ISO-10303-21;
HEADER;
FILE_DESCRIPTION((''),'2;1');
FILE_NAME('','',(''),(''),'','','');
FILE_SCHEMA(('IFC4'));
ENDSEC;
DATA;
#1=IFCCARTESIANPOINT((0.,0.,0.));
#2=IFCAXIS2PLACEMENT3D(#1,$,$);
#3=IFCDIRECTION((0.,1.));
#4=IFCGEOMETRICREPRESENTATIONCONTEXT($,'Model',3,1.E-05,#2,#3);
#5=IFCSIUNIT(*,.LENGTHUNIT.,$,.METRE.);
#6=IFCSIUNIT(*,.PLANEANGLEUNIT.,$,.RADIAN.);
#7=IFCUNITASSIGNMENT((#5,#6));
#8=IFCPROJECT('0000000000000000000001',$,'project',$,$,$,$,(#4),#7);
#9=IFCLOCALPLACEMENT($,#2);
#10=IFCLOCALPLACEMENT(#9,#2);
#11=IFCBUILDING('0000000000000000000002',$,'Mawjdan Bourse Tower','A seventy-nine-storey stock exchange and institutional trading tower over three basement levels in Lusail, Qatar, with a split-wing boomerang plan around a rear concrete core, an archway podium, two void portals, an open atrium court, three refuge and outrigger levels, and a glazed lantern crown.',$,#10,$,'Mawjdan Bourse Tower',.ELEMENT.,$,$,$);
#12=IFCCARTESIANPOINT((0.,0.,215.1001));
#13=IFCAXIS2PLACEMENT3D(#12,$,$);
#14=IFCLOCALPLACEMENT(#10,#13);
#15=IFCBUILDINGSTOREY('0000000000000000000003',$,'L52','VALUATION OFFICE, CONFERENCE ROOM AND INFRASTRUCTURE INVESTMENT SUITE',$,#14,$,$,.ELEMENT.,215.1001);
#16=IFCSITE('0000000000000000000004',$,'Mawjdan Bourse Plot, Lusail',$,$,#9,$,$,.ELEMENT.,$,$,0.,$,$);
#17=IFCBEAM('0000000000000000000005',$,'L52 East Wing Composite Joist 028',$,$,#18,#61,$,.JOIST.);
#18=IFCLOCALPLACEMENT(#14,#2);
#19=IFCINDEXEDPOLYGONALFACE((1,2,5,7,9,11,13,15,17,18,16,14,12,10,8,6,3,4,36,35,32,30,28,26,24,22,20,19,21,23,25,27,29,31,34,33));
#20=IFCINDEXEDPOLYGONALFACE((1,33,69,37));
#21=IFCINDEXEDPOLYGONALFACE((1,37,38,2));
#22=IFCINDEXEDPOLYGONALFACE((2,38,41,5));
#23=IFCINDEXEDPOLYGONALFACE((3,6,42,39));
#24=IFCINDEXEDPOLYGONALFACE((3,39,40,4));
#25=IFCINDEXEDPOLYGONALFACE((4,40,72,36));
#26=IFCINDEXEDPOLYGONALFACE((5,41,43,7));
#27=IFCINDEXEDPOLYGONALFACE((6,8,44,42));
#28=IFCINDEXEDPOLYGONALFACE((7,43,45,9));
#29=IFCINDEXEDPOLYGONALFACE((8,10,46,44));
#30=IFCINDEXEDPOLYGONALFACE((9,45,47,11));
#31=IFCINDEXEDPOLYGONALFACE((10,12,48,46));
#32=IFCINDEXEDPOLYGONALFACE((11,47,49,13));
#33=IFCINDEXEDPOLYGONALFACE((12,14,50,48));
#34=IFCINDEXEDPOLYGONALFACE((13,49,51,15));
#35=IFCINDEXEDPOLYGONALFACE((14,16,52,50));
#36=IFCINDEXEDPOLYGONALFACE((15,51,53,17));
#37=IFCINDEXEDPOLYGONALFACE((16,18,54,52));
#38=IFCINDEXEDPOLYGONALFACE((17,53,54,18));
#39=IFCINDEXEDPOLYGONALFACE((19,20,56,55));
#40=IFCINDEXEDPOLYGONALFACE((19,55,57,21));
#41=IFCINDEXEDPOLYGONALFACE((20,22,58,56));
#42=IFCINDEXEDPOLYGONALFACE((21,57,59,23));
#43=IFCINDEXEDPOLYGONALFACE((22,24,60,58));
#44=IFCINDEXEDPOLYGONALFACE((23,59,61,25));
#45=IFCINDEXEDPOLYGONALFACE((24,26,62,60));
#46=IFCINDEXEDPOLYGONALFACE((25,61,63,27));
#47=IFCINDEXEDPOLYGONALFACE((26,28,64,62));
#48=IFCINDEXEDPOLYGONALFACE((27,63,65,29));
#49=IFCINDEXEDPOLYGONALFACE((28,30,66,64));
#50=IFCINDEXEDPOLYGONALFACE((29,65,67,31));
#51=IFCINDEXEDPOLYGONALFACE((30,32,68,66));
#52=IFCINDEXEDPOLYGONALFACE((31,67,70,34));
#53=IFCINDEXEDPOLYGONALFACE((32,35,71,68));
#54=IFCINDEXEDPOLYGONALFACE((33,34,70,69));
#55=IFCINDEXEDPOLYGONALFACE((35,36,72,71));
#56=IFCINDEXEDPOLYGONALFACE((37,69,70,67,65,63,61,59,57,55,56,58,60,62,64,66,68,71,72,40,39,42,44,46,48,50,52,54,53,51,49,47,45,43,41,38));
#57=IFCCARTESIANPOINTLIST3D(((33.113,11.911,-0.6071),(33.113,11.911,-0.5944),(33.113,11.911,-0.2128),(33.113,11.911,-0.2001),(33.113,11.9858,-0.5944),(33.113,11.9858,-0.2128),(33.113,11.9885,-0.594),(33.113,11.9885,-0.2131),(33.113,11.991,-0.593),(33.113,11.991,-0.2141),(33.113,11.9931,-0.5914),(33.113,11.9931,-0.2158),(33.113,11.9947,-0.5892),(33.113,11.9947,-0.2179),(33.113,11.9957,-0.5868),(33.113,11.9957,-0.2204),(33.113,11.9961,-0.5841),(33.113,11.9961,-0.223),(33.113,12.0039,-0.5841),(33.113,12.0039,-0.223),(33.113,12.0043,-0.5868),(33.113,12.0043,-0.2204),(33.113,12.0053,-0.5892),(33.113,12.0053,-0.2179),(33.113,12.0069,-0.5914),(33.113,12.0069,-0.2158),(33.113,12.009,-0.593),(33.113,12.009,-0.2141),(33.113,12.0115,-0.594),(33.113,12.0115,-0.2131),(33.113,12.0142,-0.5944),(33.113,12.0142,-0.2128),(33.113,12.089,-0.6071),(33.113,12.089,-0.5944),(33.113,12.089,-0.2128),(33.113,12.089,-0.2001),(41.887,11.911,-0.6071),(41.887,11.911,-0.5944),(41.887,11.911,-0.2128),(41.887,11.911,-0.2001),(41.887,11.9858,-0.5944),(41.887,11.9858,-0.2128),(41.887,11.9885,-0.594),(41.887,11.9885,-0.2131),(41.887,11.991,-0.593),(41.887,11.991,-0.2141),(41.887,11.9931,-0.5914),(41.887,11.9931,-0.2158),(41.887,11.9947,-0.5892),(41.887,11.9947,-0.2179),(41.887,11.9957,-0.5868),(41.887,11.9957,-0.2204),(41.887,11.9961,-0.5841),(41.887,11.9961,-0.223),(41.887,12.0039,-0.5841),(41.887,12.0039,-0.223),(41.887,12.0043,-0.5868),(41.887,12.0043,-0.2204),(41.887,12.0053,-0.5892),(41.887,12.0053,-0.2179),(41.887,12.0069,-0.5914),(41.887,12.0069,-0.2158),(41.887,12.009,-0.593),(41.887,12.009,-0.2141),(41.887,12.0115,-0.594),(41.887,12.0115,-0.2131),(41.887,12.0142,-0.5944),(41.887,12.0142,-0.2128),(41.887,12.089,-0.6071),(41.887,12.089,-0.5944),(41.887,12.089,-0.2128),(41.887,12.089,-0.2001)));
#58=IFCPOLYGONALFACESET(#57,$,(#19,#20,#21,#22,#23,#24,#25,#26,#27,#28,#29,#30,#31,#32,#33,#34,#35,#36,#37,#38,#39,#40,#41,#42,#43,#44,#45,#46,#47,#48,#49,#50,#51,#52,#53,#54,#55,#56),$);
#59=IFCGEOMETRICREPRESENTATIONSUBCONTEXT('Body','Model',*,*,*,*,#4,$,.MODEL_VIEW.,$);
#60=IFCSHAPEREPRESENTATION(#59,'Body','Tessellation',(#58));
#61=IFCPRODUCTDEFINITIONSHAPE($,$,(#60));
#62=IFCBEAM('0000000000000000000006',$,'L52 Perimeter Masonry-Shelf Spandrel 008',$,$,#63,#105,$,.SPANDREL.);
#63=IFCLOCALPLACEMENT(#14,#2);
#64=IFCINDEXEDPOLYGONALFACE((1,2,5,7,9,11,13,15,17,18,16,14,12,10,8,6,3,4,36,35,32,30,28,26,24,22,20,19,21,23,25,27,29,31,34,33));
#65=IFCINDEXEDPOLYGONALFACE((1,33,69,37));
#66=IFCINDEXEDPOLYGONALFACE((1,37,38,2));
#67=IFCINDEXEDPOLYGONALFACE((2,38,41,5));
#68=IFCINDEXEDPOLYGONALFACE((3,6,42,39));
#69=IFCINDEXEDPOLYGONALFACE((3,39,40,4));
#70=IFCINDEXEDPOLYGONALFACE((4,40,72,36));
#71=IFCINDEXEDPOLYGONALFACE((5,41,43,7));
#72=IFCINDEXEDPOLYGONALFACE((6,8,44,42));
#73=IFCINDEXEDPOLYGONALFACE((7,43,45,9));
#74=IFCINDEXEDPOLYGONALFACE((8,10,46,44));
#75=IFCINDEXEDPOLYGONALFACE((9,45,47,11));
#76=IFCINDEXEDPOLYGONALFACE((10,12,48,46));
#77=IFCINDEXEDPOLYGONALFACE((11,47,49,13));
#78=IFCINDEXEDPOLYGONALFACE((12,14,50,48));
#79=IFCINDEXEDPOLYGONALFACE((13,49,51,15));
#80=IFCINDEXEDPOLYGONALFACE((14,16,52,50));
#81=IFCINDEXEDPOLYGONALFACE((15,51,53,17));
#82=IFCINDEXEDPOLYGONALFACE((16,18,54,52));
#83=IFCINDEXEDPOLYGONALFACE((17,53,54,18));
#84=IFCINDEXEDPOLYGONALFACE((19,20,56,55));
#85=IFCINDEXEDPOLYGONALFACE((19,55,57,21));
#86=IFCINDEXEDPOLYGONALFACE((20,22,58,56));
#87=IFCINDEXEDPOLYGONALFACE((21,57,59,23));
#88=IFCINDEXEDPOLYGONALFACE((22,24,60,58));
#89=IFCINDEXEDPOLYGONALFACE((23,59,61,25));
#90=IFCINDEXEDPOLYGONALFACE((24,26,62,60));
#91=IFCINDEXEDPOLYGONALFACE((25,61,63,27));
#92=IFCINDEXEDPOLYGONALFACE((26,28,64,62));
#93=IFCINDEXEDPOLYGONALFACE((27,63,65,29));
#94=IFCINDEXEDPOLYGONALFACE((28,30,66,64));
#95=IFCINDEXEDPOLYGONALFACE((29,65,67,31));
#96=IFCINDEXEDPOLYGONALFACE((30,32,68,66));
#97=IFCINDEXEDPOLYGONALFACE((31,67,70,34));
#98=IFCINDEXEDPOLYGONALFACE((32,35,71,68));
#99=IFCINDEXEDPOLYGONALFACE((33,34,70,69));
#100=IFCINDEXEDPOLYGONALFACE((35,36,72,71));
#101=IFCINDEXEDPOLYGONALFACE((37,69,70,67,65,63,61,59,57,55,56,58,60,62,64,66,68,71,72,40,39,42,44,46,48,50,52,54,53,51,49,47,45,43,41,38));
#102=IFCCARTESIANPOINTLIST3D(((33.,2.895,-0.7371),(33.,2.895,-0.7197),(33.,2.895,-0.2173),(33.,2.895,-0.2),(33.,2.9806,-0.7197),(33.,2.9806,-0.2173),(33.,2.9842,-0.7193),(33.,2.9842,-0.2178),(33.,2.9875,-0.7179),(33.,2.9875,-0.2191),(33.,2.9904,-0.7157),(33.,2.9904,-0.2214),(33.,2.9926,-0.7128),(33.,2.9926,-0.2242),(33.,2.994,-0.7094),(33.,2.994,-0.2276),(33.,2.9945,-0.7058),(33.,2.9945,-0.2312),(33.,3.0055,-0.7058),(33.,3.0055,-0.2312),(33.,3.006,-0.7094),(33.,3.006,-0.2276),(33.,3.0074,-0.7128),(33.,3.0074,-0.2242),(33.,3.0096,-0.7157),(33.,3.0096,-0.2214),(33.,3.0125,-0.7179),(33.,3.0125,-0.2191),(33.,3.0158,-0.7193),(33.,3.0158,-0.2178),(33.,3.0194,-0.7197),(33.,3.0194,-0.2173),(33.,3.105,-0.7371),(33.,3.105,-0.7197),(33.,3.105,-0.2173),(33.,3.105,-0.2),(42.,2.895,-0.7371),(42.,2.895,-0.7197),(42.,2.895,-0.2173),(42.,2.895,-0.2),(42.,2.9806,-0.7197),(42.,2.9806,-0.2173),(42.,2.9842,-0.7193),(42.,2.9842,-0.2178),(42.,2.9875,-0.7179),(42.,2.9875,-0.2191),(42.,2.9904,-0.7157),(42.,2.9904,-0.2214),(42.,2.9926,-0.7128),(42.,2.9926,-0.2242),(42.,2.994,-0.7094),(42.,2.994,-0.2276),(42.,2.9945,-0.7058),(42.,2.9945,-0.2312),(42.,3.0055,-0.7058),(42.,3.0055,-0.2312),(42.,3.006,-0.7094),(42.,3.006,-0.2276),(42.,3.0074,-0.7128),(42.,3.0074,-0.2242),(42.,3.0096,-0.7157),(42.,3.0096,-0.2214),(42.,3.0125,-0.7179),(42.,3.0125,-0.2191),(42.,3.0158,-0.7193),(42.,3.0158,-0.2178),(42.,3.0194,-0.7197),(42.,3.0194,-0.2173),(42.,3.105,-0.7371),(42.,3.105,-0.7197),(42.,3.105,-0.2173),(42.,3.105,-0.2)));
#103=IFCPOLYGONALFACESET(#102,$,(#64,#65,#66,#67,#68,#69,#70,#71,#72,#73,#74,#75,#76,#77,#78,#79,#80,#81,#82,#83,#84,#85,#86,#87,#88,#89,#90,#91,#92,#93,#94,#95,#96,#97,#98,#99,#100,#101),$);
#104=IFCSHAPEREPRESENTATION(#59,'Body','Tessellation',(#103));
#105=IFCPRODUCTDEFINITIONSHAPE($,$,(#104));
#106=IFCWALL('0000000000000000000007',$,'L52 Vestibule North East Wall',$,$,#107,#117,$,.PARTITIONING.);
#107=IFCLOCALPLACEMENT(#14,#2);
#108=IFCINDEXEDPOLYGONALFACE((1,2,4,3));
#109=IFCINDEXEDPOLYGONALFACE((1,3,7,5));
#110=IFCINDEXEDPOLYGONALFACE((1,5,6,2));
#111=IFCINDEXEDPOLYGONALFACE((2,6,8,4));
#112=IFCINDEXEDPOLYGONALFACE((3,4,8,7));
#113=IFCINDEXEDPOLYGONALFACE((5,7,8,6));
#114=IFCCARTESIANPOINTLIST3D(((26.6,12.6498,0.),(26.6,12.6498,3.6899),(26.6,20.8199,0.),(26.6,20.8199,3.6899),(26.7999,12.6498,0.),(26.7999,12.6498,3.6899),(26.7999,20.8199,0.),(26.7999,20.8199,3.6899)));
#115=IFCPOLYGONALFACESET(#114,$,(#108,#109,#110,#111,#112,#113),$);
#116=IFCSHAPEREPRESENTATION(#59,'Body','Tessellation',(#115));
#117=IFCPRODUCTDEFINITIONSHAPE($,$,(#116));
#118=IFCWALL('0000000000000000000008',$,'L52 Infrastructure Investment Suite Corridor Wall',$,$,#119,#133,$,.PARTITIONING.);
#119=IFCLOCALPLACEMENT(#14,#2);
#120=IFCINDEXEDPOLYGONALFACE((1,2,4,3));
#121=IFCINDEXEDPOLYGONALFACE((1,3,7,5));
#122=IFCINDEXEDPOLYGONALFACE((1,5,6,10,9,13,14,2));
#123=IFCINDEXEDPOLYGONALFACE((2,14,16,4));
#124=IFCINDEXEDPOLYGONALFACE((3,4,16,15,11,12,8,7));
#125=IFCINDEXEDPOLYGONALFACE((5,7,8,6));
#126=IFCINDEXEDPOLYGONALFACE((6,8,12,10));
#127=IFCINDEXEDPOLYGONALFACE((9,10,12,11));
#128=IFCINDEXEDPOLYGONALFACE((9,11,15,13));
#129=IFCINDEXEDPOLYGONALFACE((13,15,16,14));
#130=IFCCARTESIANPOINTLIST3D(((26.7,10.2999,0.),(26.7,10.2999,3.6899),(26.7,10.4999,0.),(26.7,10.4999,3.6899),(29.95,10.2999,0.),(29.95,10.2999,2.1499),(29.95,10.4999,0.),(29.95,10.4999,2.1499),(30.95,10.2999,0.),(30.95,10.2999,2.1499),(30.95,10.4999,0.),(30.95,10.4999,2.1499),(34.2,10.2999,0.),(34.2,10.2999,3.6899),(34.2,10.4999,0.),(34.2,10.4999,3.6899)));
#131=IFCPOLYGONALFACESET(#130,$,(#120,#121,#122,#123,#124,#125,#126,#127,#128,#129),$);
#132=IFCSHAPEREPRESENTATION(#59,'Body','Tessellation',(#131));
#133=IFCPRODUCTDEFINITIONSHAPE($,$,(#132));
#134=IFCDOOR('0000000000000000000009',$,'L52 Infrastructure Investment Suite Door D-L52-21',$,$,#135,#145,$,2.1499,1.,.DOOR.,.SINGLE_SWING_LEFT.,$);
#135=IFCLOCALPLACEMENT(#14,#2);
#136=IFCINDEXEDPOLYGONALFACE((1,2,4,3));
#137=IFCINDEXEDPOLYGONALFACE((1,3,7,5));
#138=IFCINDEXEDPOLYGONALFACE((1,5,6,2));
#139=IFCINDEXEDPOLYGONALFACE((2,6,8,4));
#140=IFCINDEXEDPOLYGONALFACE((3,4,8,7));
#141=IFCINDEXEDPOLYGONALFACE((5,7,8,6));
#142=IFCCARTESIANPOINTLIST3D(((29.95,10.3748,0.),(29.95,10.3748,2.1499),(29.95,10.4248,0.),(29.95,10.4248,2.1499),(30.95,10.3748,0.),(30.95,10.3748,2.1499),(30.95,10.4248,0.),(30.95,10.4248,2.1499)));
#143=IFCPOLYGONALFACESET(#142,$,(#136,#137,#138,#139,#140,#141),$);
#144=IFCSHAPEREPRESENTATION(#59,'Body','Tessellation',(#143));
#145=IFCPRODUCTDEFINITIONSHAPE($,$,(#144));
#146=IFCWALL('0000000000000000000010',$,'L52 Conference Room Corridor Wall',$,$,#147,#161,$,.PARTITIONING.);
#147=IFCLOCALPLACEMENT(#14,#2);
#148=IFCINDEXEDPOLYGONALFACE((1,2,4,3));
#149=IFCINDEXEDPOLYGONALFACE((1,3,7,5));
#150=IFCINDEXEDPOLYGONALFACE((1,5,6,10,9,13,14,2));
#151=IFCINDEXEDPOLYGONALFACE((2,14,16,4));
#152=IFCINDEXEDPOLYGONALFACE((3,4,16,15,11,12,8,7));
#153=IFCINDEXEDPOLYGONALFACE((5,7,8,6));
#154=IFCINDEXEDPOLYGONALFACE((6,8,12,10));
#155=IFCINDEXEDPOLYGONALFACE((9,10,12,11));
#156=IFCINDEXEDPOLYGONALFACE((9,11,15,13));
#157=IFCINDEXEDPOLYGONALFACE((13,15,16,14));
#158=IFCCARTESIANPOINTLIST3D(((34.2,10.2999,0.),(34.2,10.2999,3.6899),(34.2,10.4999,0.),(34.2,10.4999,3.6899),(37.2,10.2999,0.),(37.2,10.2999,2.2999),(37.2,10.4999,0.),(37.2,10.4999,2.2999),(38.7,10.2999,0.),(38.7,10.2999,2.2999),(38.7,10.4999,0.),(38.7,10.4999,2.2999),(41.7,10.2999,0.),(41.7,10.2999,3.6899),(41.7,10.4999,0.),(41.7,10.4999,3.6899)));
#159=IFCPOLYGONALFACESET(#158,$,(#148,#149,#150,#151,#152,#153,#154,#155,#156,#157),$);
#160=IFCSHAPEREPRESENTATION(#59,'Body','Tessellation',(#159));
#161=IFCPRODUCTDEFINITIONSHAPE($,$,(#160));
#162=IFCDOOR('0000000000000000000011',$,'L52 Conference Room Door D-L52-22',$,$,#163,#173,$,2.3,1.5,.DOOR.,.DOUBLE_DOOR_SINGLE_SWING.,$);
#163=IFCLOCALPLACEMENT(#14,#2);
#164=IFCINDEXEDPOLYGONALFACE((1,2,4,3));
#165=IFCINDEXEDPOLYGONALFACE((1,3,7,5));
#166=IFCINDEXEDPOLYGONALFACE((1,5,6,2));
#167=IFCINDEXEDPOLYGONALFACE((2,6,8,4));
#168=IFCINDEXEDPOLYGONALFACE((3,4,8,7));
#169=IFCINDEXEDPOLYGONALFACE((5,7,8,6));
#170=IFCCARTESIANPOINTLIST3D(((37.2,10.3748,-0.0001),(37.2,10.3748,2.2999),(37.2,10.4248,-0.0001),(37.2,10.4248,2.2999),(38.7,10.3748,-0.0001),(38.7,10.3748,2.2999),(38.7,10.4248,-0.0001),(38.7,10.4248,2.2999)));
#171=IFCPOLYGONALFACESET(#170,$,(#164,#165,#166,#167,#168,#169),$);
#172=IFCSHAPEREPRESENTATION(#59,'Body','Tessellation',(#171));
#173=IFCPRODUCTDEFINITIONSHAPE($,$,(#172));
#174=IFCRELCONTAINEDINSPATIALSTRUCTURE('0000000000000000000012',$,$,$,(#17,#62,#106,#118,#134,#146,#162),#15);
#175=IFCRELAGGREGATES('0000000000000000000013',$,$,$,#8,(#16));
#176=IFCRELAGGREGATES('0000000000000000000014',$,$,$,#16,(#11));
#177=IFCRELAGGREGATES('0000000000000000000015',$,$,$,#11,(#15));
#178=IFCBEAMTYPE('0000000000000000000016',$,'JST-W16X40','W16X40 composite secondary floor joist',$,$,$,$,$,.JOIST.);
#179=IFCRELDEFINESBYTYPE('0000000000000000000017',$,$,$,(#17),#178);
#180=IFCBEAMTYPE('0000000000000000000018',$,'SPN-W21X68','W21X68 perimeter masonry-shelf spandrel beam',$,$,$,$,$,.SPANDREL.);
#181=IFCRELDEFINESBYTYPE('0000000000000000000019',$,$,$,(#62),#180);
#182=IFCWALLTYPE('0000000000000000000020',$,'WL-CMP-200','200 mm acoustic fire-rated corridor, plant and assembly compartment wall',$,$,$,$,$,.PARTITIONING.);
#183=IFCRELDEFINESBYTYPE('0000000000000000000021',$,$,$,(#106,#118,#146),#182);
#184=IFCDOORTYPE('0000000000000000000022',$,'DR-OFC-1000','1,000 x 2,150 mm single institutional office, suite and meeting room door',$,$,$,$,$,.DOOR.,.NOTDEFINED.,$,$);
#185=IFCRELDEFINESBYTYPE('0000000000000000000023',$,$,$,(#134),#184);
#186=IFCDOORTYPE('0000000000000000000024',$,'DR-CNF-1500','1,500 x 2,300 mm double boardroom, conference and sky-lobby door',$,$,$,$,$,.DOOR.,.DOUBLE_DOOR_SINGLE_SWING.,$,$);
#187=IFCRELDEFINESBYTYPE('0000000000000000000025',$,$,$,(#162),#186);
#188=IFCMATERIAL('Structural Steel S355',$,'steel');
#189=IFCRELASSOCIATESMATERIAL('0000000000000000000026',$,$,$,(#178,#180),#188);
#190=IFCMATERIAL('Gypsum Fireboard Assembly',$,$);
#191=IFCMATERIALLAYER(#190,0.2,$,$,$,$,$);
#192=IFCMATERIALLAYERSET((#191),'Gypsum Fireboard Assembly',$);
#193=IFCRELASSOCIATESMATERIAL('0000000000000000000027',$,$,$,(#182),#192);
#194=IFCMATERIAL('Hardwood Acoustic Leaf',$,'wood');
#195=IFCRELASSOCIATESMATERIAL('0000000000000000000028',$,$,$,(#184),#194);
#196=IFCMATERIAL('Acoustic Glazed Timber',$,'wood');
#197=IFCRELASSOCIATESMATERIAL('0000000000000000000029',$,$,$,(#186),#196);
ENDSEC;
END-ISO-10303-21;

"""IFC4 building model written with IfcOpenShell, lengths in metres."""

from ifc_helpers import new_model, si_unit, direction, frame, frame_2d, origin, origin_2d, place, context, subcontext, project, spatial, rectangle, i_section, extrude, material, layer, layer_set, material_profile, profile_set, type_object, element, fill, save


model = new_model("IFC4")

# Units and contexts
model_context = context("Model", 3, precision=1e-05, world=origin(), true_north=direction((0.0, 1.0)))
body_context = subcontext(model_context, "Body", "Model", "MODEL_VIEW")
ifc_project = project(units=[si_unit("LENGTHUNIT", "METRE"), si_unit("PLANEANGLEUNIT", "RADIAN")], contexts=[model_context])

# Site, building, storey
site_placement = place(None, origin())
site = spatial("IfcSite", under=ifc_project, at=site_placement, Name="Mawjdan Bourse Plot, Lusail", CompositionType="ELEMENT", RefElevation=0.0)
building_placement = place(site_placement, origin())
building = spatial("IfcBuilding", under=site, at=building_placement, Name="Mawjdan Bourse Tower", Description="A seventy-nine-storey stock exchange and institutional trading tower over three basement levels in Lusail, Qatar, with a split-wing boomerang plan around a rear concrete core, an archway podium, two void portals, an open atrium court, three refuge and outrigger levels, and a glazed lantern crown.", LongName="Mawjdan Bourse Tower", CompositionType="ELEMENT")
storey_placement = place(building_placement, frame((0.0, 0.0, 215.1001)))
storey = spatial("IfcBuildingStorey", under=building, at=storey_placement, Name="L52", Description="VALUATION OFFICE, CONFERENCE ROOM AND INFRASTRUCTURE INVESTMENT SUITE", CompositionType="ELEMENT", Elevation=215.1001)

# Beams
ifc_material_1 = material(Name="Structural Steel S355", Category="steel")
ifc_material_profile_1 = material_profile(ifc_material_1, i_section(OverallWidth=0.178, OverallDepth=0.407, WebThickness=0.0078, FlangeThickness=0.0127, FilletRadius=0.0103, at=origin_2d()), Name="W16X40")
ifc_profile_set_1 = profile_set([ifc_material_profile_1], Name="Structural Steel S355")
beam_type_1 = type_object("IfcBeamType", Name="JST-W16X40", Description="W16X40 composite secondary floor joist", PredefinedType="JOIST", material=ifc_profile_set_1)
for number, where, z_axis, x_axis, name in (
    (1, (33.113, 12.0, -0.4036), (1.0, 0.0, 0.0), (0.0, 1.0, 0.0), "L52 East Wing Composite Joist 028"),
):
    element("IfcBeam", number, at=place(storey_placement, frame(where, z_axis=z_axis, x_axis=x_axis)), inside=storey, type_object=beam_type_1, Name=name, PredefinedType="JOIST", context=body_context, shape_type="SweptSolid", body=[
        extrude(i_section(OverallWidth=0.178, OverallDepth=0.407, WebThickness=0.0078, FlangeThickness=0.0127, FilletRadius=0.0103, at=origin_2d()), origin(), (0.0, 0.0, 1.0), 8.7739),
    ])
ifc_material_profile_2 = material_profile(ifc_material_1, i_section(OverallWidth=0.21, OverallDepth=0.5371, WebThickness=0.011, FlangeThickness=0.0173, FilletRadius=0.0139, at=origin_2d()), Name="W21X68")
ifc_profile_set_2 = profile_set([ifc_material_profile_2], Name="Structural Steel S355")
beam_type_2 = type_object("IfcBeamType", Name="SPN-W21X68", Description="W21X68 perimeter masonry-shelf spandrel beam", PredefinedType="SPANDREL", material=ifc_profile_set_2)
beam_1_placement = place(storey_placement, frame((33.0, 3.0, -0.4685), z_axis=(1.0, 0.0, 0.0), x_axis=(0.0, 1.0, 0.0)))
element("IfcBeam", 2, at=beam_1_placement, inside=storey, type_object=beam_type_2, Name="L52 Perimeter Masonry-Shelf Spandrel 008", PredefinedType="SPANDREL", context=body_context, shape_type="SweptSolid", body=[
    extrude(i_section(OverallWidth=0.21, OverallDepth=0.5371, WebThickness=0.011, FlangeThickness=0.0173, FilletRadius=0.0139, at=origin_2d()), origin(), (0.0, 0.0, 1.0), 9.0),
])

# Wall
ifc_material_2 = material(Name="Gypsum Fireboard Assembly")
ifc_layer_1 = layer(ifc_material_2, 0.2)
ifc_layer_set_1 = layer_set([ifc_layer_1], Name="Gypsum Fireboard Assembly")
wall_type_1 = type_object("IfcWallType", Name="WL-CMP-200", Description="200 mm acoustic fire-rated corridor, plant and assembly compartment wall", PredefinedType="PARTITIONING", material=ifc_layer_set_1)
wall_1_placement = place(storey_placement, frame((26.7, 12.6499, 0.0), z_axis=(0.0, 0.0, 1.0), x_axis=(0.0, 1.0, 0.0)))
element("IfcWall", 3, at=wall_1_placement, inside=storey, type_object=wall_type_1, Name="L52 Vestibule North East Wall", PredefinedType="PARTITIONING", context=body_context, shape_type="SweptSolid", body=[
    extrude(rectangle(XDim=8.1702, YDim=0.2, at=frame_2d((4.085, 0.0))), origin(), (0.0, 0.0, 1.0), 3.6899),
])

# Walls, openings, doors
wall_2_placement = place(storey_placement, frame((26.7, 10.3999, 0.0), z_axis=(0.0, 0.0, 1.0), x_axis=(1.0, 0.0, 0.0)))
wall_2 = element("IfcWall", 4, at=wall_2_placement, inside=storey, type_object=wall_type_1, Name="L52 Infrastructure Investment Suite Corridor Wall", PredefinedType="PARTITIONING", context=body_context, shape_type="SweptSolid", body=[
    extrude(rectangle(XDim=7.5, YDim=0.2, at=frame_2d((3.75, 0.0))), origin(), (0.0, 0.0, 1.0), 3.6899),
])
opening_1_placement = place(wall_2_placement, frame((3.25, 0.0, 0.0)))
opening_1 = element("IfcOpeningElement", 5, at=opening_1_placement, cuts=wall_2, PredefinedType="OPENING", context=body_context, shape_type="SweptSolid", body=[
    extrude(rectangle(XDim=1.0, YDim=2.1499, at=frame_2d((0.5, 1.075))), frame((0.0, 0.1099, 0.0), z_axis=(0.0, -1.0, 0.0), x_axis=(1.0, 0.0, 0.0)), (0.0, 0.0, 1.0), 0.22),
])
ifc_material_3 = material(Name="Hardwood Acoustic Leaf", Category="wood")
door_type_1 = type_object("IfcDoorType", Name="DR-OFC-1000", Description="1,000 x 2,150 mm single institutional office, suite and meeting room door", OperationType="NOTDEFINED", PredefinedType="DOOR", material=ifc_material_3)
door_1_placement = place(opening_1_placement, origin())
door_1 = element("IfcDoor", 6, at=door_1_placement, inside=storey, type_object=door_type_1, Name="L52 Infrastructure Investment Suite Door D-L52-21", OperationType="SINGLE_SWING_LEFT", OverallHeight=2.1499, OverallWidth=1.0, PredefinedType="DOOR", context=body_context, shape_type="SweptSolid", body=[
    extrude(rectangle(XDim=1.0, YDim=2.1499, at=frame_2d((0.5, 1.075))), frame((0.0, 0.0249, 0.0), z_axis=(0.0, -1.0, 0.0), x_axis=(1.0, 0.0, 0.0)), (0.0, 0.0, 1.0), 0.05),
])
fill(opening_1, door_1)
wall_3_placement = place(storey_placement, frame((34.2, 10.3999, 0.0), z_axis=(0.0, 0.0, 1.0), x_axis=(1.0, 0.0, 0.0)))
wall_3 = element("IfcWall", 7, at=wall_3_placement, inside=storey, type_object=wall_type_1, Name="L52 Conference Room Corridor Wall", PredefinedType="PARTITIONING", context=body_context, shape_type="SweptSolid", body=[
    extrude(rectangle(XDim=7.5, YDim=0.2, at=frame_2d((3.75, 0.0))), origin(), (0.0, 0.0, 1.0), 3.6899),
])
opening_2_placement = place(wall_3_placement, frame((3.0, 0.0, 0.0)))
opening_2 = element("IfcOpeningElement", 8, at=opening_2_placement, cuts=wall_3, PredefinedType="OPENING", context=body_context, shape_type="SweptSolid", body=[
    extrude(rectangle(XDim=1.5, YDim=2.3, at=frame_2d((0.75, 1.1499))), frame((0.0, 0.1099, 0.0), z_axis=(0.0, -1.0, 0.0), x_axis=(1.0, 0.0, 0.0)), (0.0, 0.0, 1.0), 0.22),
])
ifc_material_4 = material(Name="Acoustic Glazed Timber", Category="wood")
door_type_2 = type_object("IfcDoorType", Name="DR-CNF-1500", Description="1,500 x 2,300 mm double boardroom, conference and sky-lobby door", OperationType="DOUBLE_DOOR_SINGLE_SWING", PredefinedType="DOOR", material=ifc_material_4)
door_2_placement = place(opening_2_placement, origin())
door_2 = element("IfcDoor", 9, at=door_2_placement, inside=storey, type_object=door_type_2, Name="L52 Conference Room Door D-L52-22", OperationType="DOUBLE_DOOR_SINGLE_SWING", OverallHeight=2.3, OverallWidth=1.5, PredefinedType="DOOR", context=body_context, shape_type="SweptSolid", body=[
    extrude(rectangle(XDim=1.5, YDim=2.3, at=frame_2d((0.75, 1.1499))), frame((0.0, 0.0249, 0.0), z_axis=(0.0, -1.0, 0.0), x_axis=(1.0, 0.0, 0.0)), (0.0, 0.0, 1.0), 0.05),
])
fill(opening_2, door_2)

save(model, "model.ifc")
